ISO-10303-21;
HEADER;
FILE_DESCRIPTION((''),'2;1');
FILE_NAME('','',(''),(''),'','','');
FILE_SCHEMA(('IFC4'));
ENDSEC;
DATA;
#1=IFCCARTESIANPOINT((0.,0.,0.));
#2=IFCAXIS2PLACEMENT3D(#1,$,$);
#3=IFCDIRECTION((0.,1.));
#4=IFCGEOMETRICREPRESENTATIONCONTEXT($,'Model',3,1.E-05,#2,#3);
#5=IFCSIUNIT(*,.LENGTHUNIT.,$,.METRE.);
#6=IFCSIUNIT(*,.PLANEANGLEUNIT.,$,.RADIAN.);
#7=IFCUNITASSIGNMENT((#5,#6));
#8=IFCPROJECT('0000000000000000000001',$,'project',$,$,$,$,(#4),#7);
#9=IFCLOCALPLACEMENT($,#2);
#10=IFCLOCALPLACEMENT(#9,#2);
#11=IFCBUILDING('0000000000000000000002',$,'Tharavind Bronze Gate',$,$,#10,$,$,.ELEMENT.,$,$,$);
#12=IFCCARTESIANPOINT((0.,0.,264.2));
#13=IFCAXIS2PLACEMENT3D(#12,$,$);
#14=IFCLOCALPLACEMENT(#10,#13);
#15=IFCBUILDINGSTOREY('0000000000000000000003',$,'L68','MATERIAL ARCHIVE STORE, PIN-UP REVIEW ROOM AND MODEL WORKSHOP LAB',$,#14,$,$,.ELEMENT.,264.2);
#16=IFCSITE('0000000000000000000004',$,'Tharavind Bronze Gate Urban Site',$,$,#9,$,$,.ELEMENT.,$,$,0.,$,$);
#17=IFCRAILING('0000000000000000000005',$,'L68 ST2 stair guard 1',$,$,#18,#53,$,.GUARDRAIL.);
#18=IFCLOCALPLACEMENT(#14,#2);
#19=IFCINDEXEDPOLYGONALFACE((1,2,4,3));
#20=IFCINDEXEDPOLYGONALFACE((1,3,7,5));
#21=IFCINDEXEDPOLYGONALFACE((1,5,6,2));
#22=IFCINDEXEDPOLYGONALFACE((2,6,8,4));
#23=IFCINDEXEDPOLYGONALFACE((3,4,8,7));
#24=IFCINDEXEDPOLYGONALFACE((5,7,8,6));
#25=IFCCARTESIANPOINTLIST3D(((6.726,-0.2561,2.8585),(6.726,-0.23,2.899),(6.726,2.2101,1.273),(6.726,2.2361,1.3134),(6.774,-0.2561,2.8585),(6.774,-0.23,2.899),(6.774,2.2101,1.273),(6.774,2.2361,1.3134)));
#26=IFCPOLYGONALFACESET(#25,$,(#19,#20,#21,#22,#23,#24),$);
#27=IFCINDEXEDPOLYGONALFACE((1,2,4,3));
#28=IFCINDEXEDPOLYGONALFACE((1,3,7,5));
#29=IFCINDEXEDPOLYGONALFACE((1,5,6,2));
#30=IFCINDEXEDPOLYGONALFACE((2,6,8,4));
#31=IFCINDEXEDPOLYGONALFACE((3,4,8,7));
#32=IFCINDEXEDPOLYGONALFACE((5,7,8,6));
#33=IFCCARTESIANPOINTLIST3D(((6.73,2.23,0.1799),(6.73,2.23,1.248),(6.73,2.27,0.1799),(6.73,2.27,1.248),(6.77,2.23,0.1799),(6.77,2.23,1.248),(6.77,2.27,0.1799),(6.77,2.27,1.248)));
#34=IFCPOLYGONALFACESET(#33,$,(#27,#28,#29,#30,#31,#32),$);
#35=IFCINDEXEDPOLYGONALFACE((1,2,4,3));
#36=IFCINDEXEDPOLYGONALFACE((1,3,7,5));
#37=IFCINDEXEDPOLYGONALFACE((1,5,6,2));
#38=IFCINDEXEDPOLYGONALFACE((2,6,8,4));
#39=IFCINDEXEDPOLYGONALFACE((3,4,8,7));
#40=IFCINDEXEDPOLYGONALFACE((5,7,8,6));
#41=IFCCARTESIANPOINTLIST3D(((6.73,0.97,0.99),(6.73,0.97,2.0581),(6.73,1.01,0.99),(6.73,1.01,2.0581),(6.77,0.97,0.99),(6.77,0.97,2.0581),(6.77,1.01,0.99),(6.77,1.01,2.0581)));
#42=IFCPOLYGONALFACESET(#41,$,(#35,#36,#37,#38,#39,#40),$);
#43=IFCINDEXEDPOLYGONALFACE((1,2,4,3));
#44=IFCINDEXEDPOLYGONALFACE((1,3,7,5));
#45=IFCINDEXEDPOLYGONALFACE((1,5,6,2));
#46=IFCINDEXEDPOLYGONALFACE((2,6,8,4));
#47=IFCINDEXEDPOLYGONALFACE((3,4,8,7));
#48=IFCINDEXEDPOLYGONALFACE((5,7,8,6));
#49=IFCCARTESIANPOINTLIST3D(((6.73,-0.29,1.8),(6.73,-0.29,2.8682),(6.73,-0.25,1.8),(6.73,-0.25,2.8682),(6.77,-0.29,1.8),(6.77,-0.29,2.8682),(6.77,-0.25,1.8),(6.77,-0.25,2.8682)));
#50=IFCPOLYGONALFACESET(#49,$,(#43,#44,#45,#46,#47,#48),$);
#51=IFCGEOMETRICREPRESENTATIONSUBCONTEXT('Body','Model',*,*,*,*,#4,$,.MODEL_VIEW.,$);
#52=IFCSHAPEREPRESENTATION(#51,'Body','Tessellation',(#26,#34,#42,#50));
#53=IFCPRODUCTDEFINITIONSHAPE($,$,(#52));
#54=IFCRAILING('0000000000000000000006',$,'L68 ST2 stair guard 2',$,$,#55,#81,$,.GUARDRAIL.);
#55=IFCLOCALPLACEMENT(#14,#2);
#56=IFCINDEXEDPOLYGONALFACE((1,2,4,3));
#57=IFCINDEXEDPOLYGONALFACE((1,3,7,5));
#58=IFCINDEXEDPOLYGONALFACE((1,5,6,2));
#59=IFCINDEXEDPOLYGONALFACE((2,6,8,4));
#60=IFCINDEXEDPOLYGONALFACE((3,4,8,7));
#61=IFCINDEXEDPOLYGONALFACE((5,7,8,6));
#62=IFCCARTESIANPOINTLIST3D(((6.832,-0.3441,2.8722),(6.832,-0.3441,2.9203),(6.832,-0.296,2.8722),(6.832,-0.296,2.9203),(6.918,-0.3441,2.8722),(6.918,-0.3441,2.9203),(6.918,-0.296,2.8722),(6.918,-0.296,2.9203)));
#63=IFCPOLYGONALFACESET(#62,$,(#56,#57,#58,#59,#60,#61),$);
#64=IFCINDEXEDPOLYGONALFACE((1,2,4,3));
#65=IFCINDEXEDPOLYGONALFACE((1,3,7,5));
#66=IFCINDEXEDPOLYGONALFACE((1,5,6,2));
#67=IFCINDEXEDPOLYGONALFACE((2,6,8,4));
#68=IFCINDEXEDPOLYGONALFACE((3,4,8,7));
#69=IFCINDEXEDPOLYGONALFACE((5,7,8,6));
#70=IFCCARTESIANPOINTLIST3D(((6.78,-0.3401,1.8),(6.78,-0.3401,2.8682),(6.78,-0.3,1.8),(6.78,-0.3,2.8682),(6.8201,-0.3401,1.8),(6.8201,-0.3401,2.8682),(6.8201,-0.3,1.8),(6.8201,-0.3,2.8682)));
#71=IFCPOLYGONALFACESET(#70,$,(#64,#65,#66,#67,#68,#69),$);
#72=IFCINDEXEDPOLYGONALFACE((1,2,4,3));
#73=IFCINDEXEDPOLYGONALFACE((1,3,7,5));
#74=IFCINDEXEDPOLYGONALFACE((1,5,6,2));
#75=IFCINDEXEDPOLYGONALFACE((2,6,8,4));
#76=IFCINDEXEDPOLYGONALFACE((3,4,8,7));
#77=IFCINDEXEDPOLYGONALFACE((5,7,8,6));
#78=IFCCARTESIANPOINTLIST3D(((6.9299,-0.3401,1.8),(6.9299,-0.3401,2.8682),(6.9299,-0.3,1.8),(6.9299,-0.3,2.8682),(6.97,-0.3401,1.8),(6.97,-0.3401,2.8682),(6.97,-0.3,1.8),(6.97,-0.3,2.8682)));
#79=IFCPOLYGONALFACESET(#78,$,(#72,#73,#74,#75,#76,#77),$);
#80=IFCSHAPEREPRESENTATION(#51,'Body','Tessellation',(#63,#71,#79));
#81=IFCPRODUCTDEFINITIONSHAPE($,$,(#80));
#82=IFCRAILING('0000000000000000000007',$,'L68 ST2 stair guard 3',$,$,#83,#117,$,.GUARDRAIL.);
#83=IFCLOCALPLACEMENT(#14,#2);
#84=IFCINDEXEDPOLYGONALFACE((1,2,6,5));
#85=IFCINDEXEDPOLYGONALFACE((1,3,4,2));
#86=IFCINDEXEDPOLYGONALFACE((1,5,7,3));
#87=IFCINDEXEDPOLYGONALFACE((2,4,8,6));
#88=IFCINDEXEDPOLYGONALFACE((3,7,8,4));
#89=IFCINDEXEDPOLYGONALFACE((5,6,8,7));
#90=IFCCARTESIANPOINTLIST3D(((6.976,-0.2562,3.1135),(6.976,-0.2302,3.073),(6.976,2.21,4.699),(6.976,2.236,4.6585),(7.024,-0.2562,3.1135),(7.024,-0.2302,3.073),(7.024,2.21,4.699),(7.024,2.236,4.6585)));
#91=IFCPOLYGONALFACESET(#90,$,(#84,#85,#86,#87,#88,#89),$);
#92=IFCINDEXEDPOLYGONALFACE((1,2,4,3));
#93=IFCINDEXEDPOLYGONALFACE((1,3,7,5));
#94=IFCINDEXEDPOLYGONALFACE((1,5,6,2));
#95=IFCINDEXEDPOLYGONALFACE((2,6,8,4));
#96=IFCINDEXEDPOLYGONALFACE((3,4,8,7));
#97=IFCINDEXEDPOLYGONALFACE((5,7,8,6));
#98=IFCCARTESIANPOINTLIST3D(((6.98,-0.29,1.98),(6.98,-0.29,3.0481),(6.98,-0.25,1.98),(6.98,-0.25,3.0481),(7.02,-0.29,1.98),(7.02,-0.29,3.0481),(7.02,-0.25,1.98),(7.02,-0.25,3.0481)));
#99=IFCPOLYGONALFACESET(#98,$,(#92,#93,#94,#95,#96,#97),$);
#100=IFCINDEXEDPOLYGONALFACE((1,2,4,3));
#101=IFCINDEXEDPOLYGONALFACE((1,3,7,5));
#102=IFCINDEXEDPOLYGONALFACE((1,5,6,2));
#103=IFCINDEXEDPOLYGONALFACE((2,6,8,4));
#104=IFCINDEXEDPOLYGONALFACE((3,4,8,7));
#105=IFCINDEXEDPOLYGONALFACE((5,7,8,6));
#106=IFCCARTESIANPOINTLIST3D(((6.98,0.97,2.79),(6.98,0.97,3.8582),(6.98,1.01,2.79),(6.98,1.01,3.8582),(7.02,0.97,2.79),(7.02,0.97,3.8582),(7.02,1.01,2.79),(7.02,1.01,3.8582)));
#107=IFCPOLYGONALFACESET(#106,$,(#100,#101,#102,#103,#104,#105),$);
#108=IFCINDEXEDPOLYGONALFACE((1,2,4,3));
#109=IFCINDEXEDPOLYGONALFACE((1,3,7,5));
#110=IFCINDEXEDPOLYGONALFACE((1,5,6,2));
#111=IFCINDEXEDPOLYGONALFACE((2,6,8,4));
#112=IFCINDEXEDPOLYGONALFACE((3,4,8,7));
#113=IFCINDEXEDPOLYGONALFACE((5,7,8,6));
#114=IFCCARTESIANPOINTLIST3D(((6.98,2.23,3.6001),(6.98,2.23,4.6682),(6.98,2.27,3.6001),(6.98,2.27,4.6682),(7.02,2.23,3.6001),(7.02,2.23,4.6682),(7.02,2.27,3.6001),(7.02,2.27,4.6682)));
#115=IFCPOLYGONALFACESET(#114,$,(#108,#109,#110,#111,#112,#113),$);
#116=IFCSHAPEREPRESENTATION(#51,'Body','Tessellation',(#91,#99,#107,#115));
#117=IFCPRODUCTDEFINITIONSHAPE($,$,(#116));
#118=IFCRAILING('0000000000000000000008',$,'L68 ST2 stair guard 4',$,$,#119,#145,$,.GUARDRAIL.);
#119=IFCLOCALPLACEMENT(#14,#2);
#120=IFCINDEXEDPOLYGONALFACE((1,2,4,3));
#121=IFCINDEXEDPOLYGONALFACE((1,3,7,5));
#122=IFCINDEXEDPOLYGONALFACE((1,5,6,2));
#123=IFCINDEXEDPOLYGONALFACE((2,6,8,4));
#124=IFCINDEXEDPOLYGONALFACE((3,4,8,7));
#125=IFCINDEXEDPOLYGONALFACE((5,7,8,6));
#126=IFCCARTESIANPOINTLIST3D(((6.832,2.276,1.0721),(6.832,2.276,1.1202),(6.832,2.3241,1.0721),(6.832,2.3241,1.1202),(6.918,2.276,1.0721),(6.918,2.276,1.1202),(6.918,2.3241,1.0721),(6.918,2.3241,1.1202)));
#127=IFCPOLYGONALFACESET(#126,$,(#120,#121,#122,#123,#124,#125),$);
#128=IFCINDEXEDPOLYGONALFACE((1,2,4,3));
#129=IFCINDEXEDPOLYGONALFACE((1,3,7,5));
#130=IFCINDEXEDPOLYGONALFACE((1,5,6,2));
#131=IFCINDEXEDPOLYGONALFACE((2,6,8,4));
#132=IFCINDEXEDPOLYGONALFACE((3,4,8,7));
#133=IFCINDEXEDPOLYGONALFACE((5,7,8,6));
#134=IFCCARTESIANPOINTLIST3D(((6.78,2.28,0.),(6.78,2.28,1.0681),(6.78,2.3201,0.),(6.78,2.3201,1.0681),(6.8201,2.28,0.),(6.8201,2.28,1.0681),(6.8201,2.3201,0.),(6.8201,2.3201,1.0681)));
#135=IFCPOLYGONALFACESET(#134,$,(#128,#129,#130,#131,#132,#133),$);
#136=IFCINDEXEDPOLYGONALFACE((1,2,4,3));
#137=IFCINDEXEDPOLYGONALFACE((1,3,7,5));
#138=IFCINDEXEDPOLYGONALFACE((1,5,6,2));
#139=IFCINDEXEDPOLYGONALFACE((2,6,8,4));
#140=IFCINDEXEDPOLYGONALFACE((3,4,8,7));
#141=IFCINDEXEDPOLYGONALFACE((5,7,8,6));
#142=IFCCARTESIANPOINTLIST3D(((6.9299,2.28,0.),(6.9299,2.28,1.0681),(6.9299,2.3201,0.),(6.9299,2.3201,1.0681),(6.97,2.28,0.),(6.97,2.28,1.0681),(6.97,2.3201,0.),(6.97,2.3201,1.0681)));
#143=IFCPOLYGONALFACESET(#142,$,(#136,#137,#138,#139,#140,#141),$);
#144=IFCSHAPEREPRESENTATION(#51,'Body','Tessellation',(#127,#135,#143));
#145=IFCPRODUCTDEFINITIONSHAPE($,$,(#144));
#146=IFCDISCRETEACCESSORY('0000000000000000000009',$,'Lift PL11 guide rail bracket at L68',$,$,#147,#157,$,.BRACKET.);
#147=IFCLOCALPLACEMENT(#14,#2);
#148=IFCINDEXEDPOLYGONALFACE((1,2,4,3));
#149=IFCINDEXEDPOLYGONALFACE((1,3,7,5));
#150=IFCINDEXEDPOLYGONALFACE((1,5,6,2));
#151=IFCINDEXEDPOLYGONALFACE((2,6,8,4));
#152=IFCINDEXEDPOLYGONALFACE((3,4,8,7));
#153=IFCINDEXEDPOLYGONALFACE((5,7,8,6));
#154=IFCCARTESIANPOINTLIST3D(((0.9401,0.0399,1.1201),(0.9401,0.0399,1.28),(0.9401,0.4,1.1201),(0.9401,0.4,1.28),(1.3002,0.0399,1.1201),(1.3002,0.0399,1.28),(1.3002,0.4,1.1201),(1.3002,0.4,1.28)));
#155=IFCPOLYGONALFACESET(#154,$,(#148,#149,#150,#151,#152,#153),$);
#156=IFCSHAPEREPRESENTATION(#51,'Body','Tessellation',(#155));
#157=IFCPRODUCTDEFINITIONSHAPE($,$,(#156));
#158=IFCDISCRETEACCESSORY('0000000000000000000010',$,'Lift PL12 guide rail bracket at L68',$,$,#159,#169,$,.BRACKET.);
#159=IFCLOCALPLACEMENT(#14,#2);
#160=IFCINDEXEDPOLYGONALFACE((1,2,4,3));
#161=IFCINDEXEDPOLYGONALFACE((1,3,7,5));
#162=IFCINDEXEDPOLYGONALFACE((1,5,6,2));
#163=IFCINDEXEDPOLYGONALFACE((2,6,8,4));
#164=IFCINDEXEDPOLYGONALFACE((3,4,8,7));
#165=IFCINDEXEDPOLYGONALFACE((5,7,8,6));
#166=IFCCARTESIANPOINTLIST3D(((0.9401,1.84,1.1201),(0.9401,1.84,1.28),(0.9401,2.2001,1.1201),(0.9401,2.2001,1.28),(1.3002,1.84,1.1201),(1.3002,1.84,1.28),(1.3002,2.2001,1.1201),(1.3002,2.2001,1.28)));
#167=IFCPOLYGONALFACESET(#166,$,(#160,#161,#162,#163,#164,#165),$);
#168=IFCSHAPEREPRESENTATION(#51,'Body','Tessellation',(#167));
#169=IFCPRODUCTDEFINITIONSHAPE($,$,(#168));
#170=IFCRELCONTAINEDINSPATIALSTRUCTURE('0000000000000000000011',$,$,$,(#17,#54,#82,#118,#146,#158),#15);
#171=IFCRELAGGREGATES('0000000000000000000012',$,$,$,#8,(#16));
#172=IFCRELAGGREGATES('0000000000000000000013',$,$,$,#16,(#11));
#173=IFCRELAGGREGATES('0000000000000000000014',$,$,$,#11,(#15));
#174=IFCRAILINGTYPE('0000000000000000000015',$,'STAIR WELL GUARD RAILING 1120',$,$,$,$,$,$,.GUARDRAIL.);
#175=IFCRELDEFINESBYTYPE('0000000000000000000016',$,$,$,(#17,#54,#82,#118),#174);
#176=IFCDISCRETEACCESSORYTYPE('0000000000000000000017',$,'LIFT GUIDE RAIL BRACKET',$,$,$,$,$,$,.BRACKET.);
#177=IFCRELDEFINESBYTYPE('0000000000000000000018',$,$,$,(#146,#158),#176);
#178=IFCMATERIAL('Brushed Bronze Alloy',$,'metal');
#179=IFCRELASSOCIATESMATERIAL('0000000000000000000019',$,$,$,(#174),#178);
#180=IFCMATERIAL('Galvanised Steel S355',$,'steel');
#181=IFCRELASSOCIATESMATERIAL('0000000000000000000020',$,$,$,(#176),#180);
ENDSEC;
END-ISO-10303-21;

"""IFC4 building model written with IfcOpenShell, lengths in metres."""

from ifc_helpers import new_model, si_unit, direction, frame, origin, origin_2d, place, context, subcontext, project, spatial, rectangle, extrude, material, type_object, element, save


model = new_model("IFC4")

# Units and contexts
model_context = context("Model", 3, precision=1e-05, world=origin(), true_north=direction((0.0, 1.0)))
body_context = subcontext(model_context, "Body", "Model", "MODEL_VIEW")
ifc_project = project(units=[si_unit("LENGTHUNIT", "METRE"), si_unit("PLANEANGLEUNIT", "RADIAN")], contexts=[model_context])

# Site, building, storey
site_placement = place(None, origin())
site = spatial("IfcSite", under=ifc_project, at=site_placement, Name="Tharavind Bronze Gate Urban Site", CompositionType="ELEMENT", RefElevation=0.0)
building_placement = place(site_placement, origin())
building = spatial("IfcBuilding", under=site, at=building_placement, Name="Tharavind Bronze Gate", CompositionType="ELEMENT")
storey_placement = place(building_placement, frame((0.0, 0.0, 264.2)))
storey = spatial("IfcBuildingStorey", under=building, at=storey_placement, Name="L68", Description="MATERIAL ARCHIVE STORE, PIN-UP REVIEW ROOM AND MODEL WORKSHOP LAB", CompositionType="ELEMENT", Elevation=264.2)

# Railings
ifc_material_1 = material(Name="Brushed Bronze Alloy", Category="metal")
railing_type_1 = type_object("IfcRailingType", Name="STAIR WELL GUARD RAILING 1120", PredefinedType="GUARDRAIL", material=ifc_material_1)
railing_1_placement = place(storey_placement, frame((6.75, 2.25, 0.1799)))
element("IfcRailing", 1, at=railing_1_placement, inside=storey, type_object=railing_type_1, Name="L68 ST2 stair guard 1", PredefinedType="GUARDRAIL", context=body_context, shape_type="SweptSolid", body=[
    extrude(rectangle(XDim=0.0481, YDim=0.0481, at=origin_2d()), frame((0.0, -0.0269, 1.1133), z_axis=(0.0, -0.841163, 0.540782), x_axis=(1.0, 0.0, 0.0)), (0.0, 0.0, 1.0), 2.9319),
    extrude(rectangle(XDim=0.04, YDim=0.04, at=origin_2d()), origin(), (0.0, 0.0, 1.0), 1.0681),
    extrude(rectangle(XDim=0.04, YDim=0.04, at=origin_2d()), frame((0.0, -1.26, 0.8101)), (0.0, 0.0, 1.0), 1.0681),
    extrude(rectangle(XDim=0.04, YDim=0.04, at=origin_2d()), frame((0.0, -2.52, 1.6201)), (0.0, 0.0, 1.0), 1.0681),
])
railing_2_placement = place(storey_placement, frame((6.8, -0.3201, 1.8)))
element("IfcRailing", 2, at=railing_2_placement, inside=storey, type_object=railing_type_1, Name="L68 ST2 stair guard 2", PredefinedType="GUARDRAIL", context=body_context, shape_type="SweptSolid", body=[
    extrude(rectangle(XDim=0.0481, YDim=0.0481, at=origin_2d()), frame((0.032, 0.0, 1.0962), z_axis=(1.0, 0.0, 0.0), x_axis=(0.0, 1.0, 0.0)), (0.0, 0.0, 1.0), 0.0859),
    extrude(rectangle(XDim=0.04, YDim=0.04, at=origin_2d()), origin(), (0.0, 0.0, 1.0), 1.0681),
    extrude(rectangle(XDim=0.04, YDim=0.04, at=origin_2d()), frame((0.1499, 0.0, 0.0)), (0.0, 0.0, 1.0), 1.0681),
])
railing_3_placement = place(storey_placement, frame((7.0, -0.27, 1.98)))
element("IfcRailing", 3, at=railing_3_placement, inside=storey, type_object=railing_type_1, Name="L68 ST2 stair guard 3", PredefinedType="GUARDRAIL", context=body_context, shape_type="SweptSolid", body=[
    extrude(rectangle(XDim=0.0481, YDim=0.0481, at=origin_2d()), frame((0.0, 0.0269, 1.1133), z_axis=(0.0, 0.841163, 0.540782), x_axis=(-1.0, 0.0, 0.0)), (0.0, 0.0, 1.0), 2.9319),
    extrude(rectangle(XDim=0.04, YDim=0.04, at=origin_2d()), origin(), (0.0, 0.0, 1.0), 1.0681),
    extrude(rectangle(XDim=0.04, YDim=0.04, at=origin_2d()), frame((0.0, 1.26, 0.8101)), (0.0, 0.0, 1.0), 1.0681),
    extrude(rectangle(XDim=0.04, YDim=0.04, at=origin_2d()), frame((0.0, 2.52, 1.6201)), (0.0, 0.0, 1.0), 1.0681),
])
railing_4_placement = place(storey_placement, frame((6.8, 2.3, 0.0)))
element("IfcRailing", 4, at=railing_4_placement, inside=storey, type_object=railing_type_1, Name="L68 ST2 stair guard 4", PredefinedType="GUARDRAIL", context=body_context, shape_type="SweptSolid", body=[
    extrude(rectangle(XDim=0.0481, YDim=0.0481, at=origin_2d()), frame((0.032, 0.0, 1.0962), z_axis=(1.0, 0.0, 0.0), x_axis=(0.0, 1.0, 0.0)), (0.0, 0.0, 1.0), 0.0859),
    extrude(rectangle(XDim=0.04, YDim=0.04, at=origin_2d()), origin(), (0.0, 0.0, 1.0), 1.0681),
    extrude(rectangle(XDim=0.04, YDim=0.04, at=origin_2d()), frame((0.1499, 0.0, 0.0)), (0.0, 0.0, 1.0), 1.0681),
])

# Discrete accessories
ifc_material_2 = material(Name="Galvanised Steel S355", Category="steel")
discrete_accessory_type = type_object("IfcDiscreteAccessoryType", Name="LIFT GUIDE RAIL BRACKET", PredefinedType="BRACKET", material=ifc_material_2)
for number, where, z_axis, x_axis, name in (
    (5, (1.1201, 0.22, 1.1201), (0.0, 0.0, 1.0), (1.0, 0.0, 0.0), "Lift PL11 guide rail bracket at L68"),
    (6, (1.1201, 2.02, 1.1201), (0.0, 0.0, 1.0), (1.0, 0.0, 0.0), "Lift PL12 guide rail bracket at L68"),
):
    element("IfcDiscreteAccessory", number, at=place(storey_placement, frame(where, z_axis=z_axis, x_axis=x_axis)), inside=storey, type_object=discrete_accessory_type, Name=name, PredefinedType="BRACKET", context=body_context, shape_type="SweptSolid", body=[
        extrude(rectangle(XDim=0.3601, YDim=0.3601, at=origin_2d()), origin(), (0.0, 0.0, 1.0), 0.1599),
    ])

save(model, "model.ifc")
